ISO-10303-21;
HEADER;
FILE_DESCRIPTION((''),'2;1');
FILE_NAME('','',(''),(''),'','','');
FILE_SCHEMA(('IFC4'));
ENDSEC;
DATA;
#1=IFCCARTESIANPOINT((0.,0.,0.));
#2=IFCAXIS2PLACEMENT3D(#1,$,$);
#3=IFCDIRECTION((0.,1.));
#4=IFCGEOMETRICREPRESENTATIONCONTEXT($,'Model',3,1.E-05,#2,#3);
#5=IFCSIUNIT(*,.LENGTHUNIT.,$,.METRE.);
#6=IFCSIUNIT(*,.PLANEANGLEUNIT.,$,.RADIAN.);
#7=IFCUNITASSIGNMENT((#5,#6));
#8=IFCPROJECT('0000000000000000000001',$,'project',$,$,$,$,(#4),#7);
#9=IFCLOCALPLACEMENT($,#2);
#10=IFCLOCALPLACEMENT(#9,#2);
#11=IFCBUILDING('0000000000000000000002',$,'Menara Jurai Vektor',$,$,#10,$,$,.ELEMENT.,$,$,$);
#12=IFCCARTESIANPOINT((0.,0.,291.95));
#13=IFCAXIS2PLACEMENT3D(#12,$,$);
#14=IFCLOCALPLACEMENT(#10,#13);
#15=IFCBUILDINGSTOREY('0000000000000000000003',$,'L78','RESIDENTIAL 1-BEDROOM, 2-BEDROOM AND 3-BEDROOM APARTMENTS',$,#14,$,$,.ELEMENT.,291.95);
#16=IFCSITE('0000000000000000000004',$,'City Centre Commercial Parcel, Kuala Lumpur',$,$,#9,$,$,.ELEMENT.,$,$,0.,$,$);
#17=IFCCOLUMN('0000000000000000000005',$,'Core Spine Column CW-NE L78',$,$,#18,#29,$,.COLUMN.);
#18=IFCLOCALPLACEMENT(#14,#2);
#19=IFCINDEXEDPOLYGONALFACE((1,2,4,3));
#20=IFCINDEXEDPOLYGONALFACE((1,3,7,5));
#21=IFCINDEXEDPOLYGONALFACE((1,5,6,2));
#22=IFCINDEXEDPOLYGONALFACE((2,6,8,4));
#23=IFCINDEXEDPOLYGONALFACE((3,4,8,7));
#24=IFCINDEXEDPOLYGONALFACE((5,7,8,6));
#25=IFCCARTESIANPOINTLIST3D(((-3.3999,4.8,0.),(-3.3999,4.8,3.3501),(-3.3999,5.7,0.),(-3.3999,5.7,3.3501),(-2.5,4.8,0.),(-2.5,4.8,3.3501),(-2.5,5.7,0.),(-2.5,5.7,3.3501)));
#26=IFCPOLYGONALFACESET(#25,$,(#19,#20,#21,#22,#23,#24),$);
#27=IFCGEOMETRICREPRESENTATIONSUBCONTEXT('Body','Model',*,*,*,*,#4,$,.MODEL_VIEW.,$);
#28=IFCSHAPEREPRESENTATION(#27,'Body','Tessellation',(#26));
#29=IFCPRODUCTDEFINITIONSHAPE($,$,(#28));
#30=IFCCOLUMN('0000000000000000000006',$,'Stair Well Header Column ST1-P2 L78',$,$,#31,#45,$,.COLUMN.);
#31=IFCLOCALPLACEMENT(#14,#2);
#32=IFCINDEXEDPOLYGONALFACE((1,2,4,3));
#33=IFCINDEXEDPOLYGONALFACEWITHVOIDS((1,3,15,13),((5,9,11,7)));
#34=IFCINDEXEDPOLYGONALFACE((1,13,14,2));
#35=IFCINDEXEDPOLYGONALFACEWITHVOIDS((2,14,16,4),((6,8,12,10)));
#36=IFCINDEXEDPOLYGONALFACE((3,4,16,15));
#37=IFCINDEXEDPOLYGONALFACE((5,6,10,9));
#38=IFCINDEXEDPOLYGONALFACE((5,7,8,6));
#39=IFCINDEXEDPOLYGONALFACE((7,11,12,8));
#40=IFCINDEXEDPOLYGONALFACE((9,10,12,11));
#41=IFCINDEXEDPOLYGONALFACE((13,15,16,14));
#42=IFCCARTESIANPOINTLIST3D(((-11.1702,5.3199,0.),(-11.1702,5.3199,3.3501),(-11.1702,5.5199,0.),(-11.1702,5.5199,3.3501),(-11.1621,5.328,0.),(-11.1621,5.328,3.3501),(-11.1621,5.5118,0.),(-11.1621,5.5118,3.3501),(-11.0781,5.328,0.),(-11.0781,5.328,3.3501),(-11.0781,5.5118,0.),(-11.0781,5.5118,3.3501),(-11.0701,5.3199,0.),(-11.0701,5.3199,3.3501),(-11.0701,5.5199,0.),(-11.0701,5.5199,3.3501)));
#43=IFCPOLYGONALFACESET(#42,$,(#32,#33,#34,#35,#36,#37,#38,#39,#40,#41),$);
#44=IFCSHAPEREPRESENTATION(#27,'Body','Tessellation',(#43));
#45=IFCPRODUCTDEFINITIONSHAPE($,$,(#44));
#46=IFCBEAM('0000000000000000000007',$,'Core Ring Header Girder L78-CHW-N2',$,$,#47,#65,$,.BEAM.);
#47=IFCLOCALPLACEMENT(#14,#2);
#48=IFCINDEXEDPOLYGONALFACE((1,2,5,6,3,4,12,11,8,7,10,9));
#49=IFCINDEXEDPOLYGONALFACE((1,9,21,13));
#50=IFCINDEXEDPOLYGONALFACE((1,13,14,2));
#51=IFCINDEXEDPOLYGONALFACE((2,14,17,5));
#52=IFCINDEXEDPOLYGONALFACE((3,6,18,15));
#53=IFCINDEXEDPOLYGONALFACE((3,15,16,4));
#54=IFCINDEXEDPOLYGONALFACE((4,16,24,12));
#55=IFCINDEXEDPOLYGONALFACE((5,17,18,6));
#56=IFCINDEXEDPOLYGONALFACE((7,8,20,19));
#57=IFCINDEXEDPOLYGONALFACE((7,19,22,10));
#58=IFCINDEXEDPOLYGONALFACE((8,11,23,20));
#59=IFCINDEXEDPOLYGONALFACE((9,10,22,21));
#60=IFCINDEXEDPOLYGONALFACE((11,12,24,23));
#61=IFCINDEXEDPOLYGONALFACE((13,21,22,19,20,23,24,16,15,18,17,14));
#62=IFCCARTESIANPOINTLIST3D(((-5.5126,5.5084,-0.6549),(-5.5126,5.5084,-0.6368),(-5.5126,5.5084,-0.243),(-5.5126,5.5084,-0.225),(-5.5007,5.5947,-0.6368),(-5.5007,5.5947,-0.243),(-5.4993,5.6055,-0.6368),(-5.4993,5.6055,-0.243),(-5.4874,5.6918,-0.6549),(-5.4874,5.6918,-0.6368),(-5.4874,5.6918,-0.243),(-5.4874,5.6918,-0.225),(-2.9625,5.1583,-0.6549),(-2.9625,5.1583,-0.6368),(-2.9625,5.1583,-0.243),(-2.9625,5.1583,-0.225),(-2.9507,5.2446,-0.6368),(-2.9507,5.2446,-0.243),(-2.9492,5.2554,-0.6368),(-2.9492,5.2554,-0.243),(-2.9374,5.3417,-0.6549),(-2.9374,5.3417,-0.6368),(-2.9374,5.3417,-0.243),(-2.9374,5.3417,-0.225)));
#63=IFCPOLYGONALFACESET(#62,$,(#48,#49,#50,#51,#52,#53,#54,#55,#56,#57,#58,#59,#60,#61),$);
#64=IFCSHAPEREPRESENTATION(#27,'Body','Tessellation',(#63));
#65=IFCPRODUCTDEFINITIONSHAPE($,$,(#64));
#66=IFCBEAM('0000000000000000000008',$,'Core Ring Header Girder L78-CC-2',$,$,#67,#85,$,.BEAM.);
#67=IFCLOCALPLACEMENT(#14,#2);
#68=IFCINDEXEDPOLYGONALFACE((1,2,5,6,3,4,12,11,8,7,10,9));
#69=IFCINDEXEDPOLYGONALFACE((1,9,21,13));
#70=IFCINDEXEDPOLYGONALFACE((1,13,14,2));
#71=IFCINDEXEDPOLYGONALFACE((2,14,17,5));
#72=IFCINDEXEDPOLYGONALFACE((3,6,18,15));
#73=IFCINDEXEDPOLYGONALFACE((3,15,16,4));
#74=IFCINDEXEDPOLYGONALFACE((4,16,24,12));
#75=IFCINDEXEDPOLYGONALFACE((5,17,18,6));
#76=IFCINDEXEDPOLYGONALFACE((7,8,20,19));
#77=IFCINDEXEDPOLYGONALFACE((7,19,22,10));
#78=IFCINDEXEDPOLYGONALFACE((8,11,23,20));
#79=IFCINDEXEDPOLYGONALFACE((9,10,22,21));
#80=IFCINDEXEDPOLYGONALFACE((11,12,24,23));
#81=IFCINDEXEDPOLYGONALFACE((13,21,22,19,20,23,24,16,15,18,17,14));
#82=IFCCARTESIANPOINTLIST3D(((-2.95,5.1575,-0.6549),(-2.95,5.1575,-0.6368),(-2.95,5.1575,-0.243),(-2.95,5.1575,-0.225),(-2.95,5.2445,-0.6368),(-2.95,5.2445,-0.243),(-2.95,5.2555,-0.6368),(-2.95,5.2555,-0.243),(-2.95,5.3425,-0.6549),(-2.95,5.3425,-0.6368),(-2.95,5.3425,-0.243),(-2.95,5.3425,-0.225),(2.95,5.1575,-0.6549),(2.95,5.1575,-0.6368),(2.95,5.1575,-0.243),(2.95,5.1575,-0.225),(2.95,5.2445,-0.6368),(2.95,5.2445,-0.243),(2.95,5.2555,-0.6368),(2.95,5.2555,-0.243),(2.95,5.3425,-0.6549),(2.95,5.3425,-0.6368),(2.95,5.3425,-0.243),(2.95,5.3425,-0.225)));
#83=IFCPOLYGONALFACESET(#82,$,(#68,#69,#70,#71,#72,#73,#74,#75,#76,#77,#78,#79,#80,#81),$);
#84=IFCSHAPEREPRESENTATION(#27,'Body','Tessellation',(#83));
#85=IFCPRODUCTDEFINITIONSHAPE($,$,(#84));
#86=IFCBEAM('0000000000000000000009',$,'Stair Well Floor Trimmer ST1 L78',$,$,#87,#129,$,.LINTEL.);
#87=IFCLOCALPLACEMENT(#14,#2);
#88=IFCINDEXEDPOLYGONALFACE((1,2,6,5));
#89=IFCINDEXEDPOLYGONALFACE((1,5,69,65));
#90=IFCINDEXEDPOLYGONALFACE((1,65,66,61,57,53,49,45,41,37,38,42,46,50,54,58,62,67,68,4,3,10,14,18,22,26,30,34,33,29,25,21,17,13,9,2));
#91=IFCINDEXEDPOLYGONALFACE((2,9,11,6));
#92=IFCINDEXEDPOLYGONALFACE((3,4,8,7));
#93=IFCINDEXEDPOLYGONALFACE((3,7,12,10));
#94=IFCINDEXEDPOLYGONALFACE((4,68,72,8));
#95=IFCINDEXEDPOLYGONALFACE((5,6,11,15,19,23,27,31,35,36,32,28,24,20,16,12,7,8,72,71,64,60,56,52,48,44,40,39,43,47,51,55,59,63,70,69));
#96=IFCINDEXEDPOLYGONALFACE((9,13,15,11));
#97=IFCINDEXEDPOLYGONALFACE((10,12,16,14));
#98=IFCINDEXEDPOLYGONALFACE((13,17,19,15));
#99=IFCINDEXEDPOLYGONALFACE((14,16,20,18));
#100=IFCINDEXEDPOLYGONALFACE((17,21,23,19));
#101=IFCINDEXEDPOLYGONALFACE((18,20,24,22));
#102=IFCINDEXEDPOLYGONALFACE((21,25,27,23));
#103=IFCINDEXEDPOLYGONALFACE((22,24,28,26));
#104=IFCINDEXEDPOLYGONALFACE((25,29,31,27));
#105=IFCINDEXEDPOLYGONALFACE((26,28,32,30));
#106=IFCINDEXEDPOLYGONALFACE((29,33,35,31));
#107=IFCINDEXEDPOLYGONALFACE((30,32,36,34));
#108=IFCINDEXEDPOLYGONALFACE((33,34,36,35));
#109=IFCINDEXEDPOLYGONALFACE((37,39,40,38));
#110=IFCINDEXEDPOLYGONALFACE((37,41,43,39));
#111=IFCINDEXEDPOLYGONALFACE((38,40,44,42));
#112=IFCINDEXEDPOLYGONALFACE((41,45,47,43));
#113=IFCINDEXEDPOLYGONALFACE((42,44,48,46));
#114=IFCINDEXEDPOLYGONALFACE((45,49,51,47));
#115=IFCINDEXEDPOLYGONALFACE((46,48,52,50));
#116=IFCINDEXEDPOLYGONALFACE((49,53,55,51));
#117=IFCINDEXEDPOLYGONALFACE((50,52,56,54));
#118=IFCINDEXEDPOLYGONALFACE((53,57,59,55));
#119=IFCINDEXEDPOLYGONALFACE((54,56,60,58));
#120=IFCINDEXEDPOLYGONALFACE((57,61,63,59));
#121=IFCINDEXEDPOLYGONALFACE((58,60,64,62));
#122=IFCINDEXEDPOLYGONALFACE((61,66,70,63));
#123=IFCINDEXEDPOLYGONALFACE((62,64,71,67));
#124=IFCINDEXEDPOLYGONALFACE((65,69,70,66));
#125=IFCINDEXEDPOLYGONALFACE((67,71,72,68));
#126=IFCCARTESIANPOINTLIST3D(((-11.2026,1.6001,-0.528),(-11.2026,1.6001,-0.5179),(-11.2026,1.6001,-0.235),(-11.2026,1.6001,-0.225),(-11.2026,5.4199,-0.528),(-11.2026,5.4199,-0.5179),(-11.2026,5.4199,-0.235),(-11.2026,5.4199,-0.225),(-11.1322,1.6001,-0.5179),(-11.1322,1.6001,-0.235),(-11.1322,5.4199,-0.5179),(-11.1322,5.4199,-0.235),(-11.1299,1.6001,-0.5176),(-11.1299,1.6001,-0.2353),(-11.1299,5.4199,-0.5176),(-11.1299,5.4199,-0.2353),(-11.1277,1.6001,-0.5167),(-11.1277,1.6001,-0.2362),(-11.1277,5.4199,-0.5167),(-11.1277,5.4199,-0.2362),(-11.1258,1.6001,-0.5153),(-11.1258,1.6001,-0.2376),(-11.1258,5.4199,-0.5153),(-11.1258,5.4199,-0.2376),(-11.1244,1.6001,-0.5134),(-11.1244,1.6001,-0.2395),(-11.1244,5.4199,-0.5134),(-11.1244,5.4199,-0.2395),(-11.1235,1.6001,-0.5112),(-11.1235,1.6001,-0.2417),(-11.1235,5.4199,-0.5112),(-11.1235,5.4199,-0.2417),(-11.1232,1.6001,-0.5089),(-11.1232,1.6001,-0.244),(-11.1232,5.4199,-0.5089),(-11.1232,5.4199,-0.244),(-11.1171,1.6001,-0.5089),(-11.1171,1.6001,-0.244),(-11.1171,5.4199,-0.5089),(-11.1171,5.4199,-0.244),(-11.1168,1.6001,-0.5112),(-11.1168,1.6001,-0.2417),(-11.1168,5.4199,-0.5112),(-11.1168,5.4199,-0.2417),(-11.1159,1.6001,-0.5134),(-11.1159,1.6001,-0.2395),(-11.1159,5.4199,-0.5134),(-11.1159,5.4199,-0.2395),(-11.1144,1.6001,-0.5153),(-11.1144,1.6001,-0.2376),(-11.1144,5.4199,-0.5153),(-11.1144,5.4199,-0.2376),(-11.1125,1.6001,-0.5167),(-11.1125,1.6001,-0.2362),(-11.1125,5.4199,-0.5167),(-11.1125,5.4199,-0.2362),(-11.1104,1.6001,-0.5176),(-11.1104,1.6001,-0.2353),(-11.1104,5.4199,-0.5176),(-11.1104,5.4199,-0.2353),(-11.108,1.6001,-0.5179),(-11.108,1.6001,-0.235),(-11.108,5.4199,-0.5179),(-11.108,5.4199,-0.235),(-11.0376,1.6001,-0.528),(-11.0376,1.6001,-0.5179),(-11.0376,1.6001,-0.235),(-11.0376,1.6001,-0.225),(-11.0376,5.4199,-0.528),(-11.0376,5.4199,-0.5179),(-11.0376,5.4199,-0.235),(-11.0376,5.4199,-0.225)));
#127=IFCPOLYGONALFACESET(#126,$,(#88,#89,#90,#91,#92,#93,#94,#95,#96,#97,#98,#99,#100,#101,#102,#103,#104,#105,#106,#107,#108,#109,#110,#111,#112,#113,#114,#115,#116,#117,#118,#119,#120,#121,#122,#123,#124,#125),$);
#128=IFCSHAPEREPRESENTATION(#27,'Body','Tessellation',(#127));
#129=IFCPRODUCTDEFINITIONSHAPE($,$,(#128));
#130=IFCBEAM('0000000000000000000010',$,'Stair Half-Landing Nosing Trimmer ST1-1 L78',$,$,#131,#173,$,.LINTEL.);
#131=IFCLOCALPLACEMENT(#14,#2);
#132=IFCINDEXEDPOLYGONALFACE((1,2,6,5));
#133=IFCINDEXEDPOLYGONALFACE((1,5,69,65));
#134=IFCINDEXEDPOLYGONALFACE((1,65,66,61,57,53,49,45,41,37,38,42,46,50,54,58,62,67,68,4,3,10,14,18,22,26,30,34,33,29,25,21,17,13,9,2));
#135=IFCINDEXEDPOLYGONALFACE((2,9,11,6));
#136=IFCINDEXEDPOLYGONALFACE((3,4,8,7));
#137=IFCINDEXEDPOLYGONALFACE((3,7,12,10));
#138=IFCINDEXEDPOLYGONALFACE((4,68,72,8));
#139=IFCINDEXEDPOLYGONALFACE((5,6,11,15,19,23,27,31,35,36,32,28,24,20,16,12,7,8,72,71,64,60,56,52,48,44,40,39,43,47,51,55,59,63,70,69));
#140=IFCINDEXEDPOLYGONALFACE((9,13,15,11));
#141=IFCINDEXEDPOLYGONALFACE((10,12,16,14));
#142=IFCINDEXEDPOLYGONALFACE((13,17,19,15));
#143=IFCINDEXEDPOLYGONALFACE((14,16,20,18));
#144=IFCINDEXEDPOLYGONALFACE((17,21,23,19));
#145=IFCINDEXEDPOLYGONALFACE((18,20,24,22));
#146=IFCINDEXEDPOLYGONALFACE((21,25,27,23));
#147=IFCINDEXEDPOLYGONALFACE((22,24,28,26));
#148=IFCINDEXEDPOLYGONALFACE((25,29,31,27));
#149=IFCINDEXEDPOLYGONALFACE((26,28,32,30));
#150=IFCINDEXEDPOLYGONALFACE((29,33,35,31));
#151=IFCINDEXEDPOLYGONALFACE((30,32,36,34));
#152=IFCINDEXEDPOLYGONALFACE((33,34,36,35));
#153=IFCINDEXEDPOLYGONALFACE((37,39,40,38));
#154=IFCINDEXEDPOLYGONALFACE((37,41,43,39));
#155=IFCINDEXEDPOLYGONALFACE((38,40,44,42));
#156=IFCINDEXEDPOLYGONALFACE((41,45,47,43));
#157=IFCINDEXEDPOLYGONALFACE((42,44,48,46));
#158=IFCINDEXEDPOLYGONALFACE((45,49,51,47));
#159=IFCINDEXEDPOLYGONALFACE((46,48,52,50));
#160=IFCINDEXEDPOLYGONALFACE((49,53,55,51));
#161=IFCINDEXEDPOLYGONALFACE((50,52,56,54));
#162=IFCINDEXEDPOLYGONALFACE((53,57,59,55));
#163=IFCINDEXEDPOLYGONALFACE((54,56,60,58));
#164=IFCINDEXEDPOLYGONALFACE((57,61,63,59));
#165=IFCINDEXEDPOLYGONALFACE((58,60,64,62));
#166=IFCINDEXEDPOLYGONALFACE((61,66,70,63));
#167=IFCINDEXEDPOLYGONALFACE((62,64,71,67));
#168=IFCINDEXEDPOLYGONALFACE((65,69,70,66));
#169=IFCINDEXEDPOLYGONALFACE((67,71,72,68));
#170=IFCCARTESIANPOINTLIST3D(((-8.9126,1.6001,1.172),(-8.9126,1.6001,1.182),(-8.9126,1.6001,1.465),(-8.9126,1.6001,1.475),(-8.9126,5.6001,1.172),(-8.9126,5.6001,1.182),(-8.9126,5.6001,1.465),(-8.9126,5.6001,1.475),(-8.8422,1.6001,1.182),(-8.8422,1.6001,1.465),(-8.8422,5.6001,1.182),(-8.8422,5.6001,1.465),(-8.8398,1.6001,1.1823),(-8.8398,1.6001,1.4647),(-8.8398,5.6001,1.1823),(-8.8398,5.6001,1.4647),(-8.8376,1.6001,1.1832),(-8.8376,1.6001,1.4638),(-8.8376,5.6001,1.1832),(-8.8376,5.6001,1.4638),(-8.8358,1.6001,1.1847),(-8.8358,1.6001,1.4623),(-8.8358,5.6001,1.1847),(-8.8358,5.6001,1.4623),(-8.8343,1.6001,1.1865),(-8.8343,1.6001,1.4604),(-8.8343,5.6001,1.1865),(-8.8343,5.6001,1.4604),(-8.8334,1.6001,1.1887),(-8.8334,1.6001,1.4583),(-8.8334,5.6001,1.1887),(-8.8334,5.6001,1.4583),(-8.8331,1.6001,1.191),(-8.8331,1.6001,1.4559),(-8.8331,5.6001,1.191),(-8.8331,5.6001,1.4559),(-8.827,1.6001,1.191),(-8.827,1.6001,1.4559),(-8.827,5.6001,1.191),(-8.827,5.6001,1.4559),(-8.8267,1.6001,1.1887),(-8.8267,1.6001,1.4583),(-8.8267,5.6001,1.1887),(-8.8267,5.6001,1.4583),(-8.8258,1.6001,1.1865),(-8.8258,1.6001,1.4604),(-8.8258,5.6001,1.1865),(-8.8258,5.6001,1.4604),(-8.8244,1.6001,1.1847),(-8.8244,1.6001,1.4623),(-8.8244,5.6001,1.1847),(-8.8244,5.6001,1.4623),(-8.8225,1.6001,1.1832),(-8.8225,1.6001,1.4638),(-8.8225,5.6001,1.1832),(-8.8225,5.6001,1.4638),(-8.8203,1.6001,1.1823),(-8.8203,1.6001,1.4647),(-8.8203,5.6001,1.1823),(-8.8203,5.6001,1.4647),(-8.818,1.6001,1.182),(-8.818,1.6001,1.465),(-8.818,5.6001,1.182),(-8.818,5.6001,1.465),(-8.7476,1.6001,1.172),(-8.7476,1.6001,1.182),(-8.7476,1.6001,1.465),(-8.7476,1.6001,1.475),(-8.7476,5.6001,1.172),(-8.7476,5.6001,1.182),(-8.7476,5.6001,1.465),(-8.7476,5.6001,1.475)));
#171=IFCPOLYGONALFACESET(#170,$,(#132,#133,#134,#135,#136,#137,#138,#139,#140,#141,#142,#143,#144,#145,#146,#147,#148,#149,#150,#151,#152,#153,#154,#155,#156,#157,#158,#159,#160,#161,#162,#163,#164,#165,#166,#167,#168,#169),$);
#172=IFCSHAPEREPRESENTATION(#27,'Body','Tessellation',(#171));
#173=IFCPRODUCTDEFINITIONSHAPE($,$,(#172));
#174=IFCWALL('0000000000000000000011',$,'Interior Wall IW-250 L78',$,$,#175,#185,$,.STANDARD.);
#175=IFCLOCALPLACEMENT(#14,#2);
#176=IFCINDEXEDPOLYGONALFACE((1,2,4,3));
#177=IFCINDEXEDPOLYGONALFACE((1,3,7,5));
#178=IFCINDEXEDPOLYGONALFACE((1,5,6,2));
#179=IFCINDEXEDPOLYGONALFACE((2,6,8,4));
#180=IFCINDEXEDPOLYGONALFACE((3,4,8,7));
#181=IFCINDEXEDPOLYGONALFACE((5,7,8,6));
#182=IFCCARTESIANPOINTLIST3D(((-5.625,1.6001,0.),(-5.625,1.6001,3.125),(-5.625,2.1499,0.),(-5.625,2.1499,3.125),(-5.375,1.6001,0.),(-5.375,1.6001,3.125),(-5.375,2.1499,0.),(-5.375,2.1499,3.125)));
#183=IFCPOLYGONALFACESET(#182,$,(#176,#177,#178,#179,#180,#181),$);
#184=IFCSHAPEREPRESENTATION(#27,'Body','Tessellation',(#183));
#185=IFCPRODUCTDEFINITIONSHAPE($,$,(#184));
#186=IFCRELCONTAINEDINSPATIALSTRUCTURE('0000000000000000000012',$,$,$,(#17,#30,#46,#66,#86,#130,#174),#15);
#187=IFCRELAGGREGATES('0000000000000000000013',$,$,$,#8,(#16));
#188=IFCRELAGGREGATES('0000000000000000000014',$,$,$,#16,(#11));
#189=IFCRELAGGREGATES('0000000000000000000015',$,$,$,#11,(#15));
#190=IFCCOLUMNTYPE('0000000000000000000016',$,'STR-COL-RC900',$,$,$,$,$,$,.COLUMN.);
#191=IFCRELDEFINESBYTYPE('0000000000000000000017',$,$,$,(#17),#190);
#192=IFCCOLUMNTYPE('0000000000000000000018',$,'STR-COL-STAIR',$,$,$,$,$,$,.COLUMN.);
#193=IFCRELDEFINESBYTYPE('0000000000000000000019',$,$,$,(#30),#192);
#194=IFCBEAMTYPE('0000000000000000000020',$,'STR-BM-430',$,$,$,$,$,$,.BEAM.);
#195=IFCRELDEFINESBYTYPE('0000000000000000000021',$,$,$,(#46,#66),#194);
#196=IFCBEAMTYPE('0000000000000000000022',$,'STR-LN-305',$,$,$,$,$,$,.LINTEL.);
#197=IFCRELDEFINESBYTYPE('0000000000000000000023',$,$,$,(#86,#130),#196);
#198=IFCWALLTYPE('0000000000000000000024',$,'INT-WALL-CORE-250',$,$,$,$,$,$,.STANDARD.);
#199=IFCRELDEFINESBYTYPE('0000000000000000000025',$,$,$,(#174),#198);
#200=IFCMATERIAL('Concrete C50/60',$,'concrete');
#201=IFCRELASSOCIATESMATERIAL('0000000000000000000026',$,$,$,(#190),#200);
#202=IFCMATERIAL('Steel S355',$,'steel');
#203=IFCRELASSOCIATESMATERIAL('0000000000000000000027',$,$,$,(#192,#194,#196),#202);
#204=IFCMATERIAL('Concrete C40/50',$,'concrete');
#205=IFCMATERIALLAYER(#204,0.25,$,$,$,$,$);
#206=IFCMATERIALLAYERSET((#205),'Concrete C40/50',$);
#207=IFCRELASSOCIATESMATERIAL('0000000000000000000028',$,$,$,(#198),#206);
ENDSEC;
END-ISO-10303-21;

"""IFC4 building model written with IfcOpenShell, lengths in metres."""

from ifc_helpers import new_model, si_unit, direction, frame, frame_2d, origin, origin_2d, place, context, subcontext, project, spatial, rectangle, hollow_rectangle, i_section, extrude, material, layer, layer_set, material_profile, profile_set, type_object, element, save


model = new_model("IFC4")

# Units and contexts
model_context = context("Model", 3, precision=1e-05, world=origin(), true_north=direction((0.0, 1.0)))
body_context = subcontext(model_context, "Body", "Model", "MODEL_VIEW")
ifc_project = project(units=[si_unit("LENGTHUNIT", "METRE"), si_unit("PLANEANGLEUNIT", "RADIAN")], contexts=[model_context])

# Site, building, storey
site_placement = place(None, origin())
site = spatial("IfcSite", under=ifc_project, at=site_placement, Name="City Centre Commercial Parcel, Kuala Lumpur", CompositionType="ELEMENT", RefElevation=0.0)
building_placement = place(site_placement, origin())
building = spatial("IfcBuilding", under=site, at=building_placement, Name="Menara Jurai Vektor", CompositionType="ELEMENT")
storey_placement = place(building_placement, frame((0.0, 0.0, 291.95)))
storey = spatial("IfcBuildingStorey", under=building, at=storey_placement, Name="L78", Description="RESIDENTIAL 1-BEDROOM, 2-BEDROOM AND 3-BEDROOM APARTMENTS", CompositionType="ELEMENT", Elevation=291.95)

# Columns
ifc_material_1 = material(Name="Concrete C50/60", Category="concrete")
ifc_material_profile_1 = material_profile(ifc_material_1, rectangle(XDim=0.8999, YDim=0.8999, at=origin_2d()), Name="RC 900x900")
ifc_profile_set_1 = profile_set([ifc_material_profile_1], Name="Concrete C50/60")
column_type_1 = type_object("IfcColumnType", Name="STR-COL-RC900", PredefinedType="COLUMN", material=ifc_profile_set_1)
column_1_placement = place(storey_placement, frame((-2.95, 5.25, 0.0), z_axis=(0.0, 0.0, 1.0), x_axis=(1.0, 0.0, 0.0)))
element("IfcColumn", 1, at=column_1_placement, inside=storey, type_object=column_type_1, Name="Core Spine Column CW-NE L78", PredefinedType="COLUMN", context=body_context, shape_type="SweptSolid", body=[
    extrude(rectangle(XDim=0.8999, YDim=0.8999, at=origin_2d()), origin(), (0.0, 0.0, 1.0), 3.3501),
])
ifc_material_2 = material(Name="Steel S355", Category="steel")
ifc_material_profile_2 = material_profile(ifc_material_2, hollow_rectangle(XDim=0.1001, YDim=0.2, WallThickness=0.0081, at=origin_2d()), Name="RHS 200x100x8")
ifc_profile_set_2 = profile_set([ifc_material_profile_2], Name="Steel S355")
column_type_2 = type_object("IfcColumnType", Name="STR-COL-STAIR", PredefinedType="COLUMN", material=ifc_profile_set_2)
column_2_placement = place(storey_placement, frame((-11.1201, 5.4199, 0.0), z_axis=(0.0, 0.0, 1.0), x_axis=(1.0, 0.0, 0.0)))
element("IfcColumn", 2, at=column_2_placement, inside=storey, type_object=column_type_2, Name="Stair Well Header Column ST1-P2 L78", PredefinedType="COLUMN", context=body_context, shape_type="SweptSolid", body=[
    extrude(hollow_rectangle(XDim=0.1001, YDim=0.2, WallThickness=0.0081, at=origin_2d()), origin(), (0.0, 0.0, 1.0), 3.3501),
])

# Beams
ifc_material_profile_3 = material_profile(ifc_material_2, i_section(OverallWidth=0.1851, OverallDepth=0.4299, WebThickness=0.011, FlangeThickness=0.0181, at=origin_2d()), Name="PG 430x185x76")
ifc_profile_set_3 = profile_set([ifc_material_profile_3], Name="Steel S355")
beam_type_1 = type_object("IfcBeamType", Name="STR-BM-430", PredefinedType="BEAM", material=ifc_profile_set_3)
beam_1_placement = place(storey_placement, frame((-5.5, 5.6001, -0.4399), z_axis=(0.990707, -0.136015, 0.0), x_axis=(0.136015, 0.990707, 0.0)))
element("IfcBeam", 3, at=beam_1_placement, inside=storey, type_object=beam_type_1, Name="Core Ring Header Girder L78-CHW-N2", PredefinedType="BEAM", context=body_context, shape_type="SweptSolid", body=[
    extrude(i_section(OverallWidth=0.1851, OverallDepth=0.4299, WebThickness=0.011, FlangeThickness=0.0181, at=origin_2d()), origin(), (0.0, 0.0, 1.0), 2.574),
])
beam_2_placement = place(storey_placement, frame((-2.95, 5.25, -0.4399), z_axis=(1.0, 0.0, 0.0), x_axis=(0.0, 1.0, 0.0)))
element("IfcBeam", 4, at=beam_2_placement, inside=storey, type_object=beam_type_1, Name="Core Ring Header Girder L78-CC-2", PredefinedType="BEAM", context=body_context, shape_type="SweptSolid", body=[
    extrude(i_section(OverallWidth=0.1851, OverallDepth=0.4299, WebThickness=0.011, FlangeThickness=0.0181, at=origin_2d()), origin(), (0.0, 0.0, 1.0), 5.8999),
])
ifc_material_profile_4 = material_profile(ifc_material_2, i_section(OverallWidth=0.165, OverallDepth=0.303, WebThickness=0.0061, FlangeThickness=0.01, FilletRadius=0.009, at=origin_2d()), Name="UKB 305x165x40")
ifc_profile_set_4 = profile_set([ifc_material_profile_4], Name="Steel S355")
beam_type_2 = type_object("IfcBeamType", Name="STR-LN-305", PredefinedType="LINTEL", material=ifc_profile_set_4)
beam_3_placement = place(storey_placement, frame((-11.1201, 1.6001, -0.3765), z_axis=(0.0, 1.0, 0.0), x_axis=(-1.0, 0.0, 0.0)))
element("IfcBeam", 5, at=beam_3_placement, inside=storey, type_object=beam_type_2, Name="Stair Well Floor Trimmer ST1 L78", PredefinedType="LINTEL", context=body_context, shape_type="SweptSolid", body=[
    extrude(i_section(OverallWidth=0.165, OverallDepth=0.303, WebThickness=0.0061, FlangeThickness=0.01, FilletRadius=0.009, at=origin_2d()), origin(), (0.0, 0.0, 1.0), 3.8198),
])
beam_4_placement = place(storey_placement, frame((-8.8301, 1.6001, 1.3235), z_axis=(0.0, 1.0, 0.0), x_axis=(-1.0, 0.0, 0.0)))
element("IfcBeam", 6, at=beam_4_placement, inside=storey, type_object=beam_type_2, Name="Stair Half-Landing Nosing Trimmer ST1-1 L78", PredefinedType="LINTEL", context=body_context, shape_type="SweptSolid", body=[
    extrude(i_section(OverallWidth=0.165, OverallDepth=0.303, WebThickness=0.0061, FlangeThickness=0.01, FilletRadius=0.009, at=origin_2d()), origin(), (0.0, 0.0, 1.0), 4.0),
])

# Wall
ifc_material_3 = material(Name="Concrete C40/50", Category="concrete")
ifc_layer_1 = layer(ifc_material_3, 0.25)
ifc_layer_set_1 = layer_set([ifc_layer_1], Name="Concrete C40/50")
wall_type_1 = type_object("IfcWallType", Name="INT-WALL-CORE-250", PredefinedType="STANDARD", material=ifc_layer_set_1)
wall_1_placement = place(storey_placement, frame((-5.5, 1.6001, 0.0), z_axis=(0.0, 0.0, 1.0), x_axis=(0.0, 1.0, 0.0)))
element("IfcWall", 7, at=wall_1_placement, inside=storey, type_object=wall_type_1, Name="Interior Wall IW-250 L78", PredefinedType="STANDARD", context=body_context, shape_type="SweptSolid", body=[
    extrude(rectangle(XDim=0.5498, YDim=0.25, at=frame_2d((0.2749, 0.0))), origin(), (0.0, 0.0, 1.0), 3.125),
])

save(model, "model.ifc")
